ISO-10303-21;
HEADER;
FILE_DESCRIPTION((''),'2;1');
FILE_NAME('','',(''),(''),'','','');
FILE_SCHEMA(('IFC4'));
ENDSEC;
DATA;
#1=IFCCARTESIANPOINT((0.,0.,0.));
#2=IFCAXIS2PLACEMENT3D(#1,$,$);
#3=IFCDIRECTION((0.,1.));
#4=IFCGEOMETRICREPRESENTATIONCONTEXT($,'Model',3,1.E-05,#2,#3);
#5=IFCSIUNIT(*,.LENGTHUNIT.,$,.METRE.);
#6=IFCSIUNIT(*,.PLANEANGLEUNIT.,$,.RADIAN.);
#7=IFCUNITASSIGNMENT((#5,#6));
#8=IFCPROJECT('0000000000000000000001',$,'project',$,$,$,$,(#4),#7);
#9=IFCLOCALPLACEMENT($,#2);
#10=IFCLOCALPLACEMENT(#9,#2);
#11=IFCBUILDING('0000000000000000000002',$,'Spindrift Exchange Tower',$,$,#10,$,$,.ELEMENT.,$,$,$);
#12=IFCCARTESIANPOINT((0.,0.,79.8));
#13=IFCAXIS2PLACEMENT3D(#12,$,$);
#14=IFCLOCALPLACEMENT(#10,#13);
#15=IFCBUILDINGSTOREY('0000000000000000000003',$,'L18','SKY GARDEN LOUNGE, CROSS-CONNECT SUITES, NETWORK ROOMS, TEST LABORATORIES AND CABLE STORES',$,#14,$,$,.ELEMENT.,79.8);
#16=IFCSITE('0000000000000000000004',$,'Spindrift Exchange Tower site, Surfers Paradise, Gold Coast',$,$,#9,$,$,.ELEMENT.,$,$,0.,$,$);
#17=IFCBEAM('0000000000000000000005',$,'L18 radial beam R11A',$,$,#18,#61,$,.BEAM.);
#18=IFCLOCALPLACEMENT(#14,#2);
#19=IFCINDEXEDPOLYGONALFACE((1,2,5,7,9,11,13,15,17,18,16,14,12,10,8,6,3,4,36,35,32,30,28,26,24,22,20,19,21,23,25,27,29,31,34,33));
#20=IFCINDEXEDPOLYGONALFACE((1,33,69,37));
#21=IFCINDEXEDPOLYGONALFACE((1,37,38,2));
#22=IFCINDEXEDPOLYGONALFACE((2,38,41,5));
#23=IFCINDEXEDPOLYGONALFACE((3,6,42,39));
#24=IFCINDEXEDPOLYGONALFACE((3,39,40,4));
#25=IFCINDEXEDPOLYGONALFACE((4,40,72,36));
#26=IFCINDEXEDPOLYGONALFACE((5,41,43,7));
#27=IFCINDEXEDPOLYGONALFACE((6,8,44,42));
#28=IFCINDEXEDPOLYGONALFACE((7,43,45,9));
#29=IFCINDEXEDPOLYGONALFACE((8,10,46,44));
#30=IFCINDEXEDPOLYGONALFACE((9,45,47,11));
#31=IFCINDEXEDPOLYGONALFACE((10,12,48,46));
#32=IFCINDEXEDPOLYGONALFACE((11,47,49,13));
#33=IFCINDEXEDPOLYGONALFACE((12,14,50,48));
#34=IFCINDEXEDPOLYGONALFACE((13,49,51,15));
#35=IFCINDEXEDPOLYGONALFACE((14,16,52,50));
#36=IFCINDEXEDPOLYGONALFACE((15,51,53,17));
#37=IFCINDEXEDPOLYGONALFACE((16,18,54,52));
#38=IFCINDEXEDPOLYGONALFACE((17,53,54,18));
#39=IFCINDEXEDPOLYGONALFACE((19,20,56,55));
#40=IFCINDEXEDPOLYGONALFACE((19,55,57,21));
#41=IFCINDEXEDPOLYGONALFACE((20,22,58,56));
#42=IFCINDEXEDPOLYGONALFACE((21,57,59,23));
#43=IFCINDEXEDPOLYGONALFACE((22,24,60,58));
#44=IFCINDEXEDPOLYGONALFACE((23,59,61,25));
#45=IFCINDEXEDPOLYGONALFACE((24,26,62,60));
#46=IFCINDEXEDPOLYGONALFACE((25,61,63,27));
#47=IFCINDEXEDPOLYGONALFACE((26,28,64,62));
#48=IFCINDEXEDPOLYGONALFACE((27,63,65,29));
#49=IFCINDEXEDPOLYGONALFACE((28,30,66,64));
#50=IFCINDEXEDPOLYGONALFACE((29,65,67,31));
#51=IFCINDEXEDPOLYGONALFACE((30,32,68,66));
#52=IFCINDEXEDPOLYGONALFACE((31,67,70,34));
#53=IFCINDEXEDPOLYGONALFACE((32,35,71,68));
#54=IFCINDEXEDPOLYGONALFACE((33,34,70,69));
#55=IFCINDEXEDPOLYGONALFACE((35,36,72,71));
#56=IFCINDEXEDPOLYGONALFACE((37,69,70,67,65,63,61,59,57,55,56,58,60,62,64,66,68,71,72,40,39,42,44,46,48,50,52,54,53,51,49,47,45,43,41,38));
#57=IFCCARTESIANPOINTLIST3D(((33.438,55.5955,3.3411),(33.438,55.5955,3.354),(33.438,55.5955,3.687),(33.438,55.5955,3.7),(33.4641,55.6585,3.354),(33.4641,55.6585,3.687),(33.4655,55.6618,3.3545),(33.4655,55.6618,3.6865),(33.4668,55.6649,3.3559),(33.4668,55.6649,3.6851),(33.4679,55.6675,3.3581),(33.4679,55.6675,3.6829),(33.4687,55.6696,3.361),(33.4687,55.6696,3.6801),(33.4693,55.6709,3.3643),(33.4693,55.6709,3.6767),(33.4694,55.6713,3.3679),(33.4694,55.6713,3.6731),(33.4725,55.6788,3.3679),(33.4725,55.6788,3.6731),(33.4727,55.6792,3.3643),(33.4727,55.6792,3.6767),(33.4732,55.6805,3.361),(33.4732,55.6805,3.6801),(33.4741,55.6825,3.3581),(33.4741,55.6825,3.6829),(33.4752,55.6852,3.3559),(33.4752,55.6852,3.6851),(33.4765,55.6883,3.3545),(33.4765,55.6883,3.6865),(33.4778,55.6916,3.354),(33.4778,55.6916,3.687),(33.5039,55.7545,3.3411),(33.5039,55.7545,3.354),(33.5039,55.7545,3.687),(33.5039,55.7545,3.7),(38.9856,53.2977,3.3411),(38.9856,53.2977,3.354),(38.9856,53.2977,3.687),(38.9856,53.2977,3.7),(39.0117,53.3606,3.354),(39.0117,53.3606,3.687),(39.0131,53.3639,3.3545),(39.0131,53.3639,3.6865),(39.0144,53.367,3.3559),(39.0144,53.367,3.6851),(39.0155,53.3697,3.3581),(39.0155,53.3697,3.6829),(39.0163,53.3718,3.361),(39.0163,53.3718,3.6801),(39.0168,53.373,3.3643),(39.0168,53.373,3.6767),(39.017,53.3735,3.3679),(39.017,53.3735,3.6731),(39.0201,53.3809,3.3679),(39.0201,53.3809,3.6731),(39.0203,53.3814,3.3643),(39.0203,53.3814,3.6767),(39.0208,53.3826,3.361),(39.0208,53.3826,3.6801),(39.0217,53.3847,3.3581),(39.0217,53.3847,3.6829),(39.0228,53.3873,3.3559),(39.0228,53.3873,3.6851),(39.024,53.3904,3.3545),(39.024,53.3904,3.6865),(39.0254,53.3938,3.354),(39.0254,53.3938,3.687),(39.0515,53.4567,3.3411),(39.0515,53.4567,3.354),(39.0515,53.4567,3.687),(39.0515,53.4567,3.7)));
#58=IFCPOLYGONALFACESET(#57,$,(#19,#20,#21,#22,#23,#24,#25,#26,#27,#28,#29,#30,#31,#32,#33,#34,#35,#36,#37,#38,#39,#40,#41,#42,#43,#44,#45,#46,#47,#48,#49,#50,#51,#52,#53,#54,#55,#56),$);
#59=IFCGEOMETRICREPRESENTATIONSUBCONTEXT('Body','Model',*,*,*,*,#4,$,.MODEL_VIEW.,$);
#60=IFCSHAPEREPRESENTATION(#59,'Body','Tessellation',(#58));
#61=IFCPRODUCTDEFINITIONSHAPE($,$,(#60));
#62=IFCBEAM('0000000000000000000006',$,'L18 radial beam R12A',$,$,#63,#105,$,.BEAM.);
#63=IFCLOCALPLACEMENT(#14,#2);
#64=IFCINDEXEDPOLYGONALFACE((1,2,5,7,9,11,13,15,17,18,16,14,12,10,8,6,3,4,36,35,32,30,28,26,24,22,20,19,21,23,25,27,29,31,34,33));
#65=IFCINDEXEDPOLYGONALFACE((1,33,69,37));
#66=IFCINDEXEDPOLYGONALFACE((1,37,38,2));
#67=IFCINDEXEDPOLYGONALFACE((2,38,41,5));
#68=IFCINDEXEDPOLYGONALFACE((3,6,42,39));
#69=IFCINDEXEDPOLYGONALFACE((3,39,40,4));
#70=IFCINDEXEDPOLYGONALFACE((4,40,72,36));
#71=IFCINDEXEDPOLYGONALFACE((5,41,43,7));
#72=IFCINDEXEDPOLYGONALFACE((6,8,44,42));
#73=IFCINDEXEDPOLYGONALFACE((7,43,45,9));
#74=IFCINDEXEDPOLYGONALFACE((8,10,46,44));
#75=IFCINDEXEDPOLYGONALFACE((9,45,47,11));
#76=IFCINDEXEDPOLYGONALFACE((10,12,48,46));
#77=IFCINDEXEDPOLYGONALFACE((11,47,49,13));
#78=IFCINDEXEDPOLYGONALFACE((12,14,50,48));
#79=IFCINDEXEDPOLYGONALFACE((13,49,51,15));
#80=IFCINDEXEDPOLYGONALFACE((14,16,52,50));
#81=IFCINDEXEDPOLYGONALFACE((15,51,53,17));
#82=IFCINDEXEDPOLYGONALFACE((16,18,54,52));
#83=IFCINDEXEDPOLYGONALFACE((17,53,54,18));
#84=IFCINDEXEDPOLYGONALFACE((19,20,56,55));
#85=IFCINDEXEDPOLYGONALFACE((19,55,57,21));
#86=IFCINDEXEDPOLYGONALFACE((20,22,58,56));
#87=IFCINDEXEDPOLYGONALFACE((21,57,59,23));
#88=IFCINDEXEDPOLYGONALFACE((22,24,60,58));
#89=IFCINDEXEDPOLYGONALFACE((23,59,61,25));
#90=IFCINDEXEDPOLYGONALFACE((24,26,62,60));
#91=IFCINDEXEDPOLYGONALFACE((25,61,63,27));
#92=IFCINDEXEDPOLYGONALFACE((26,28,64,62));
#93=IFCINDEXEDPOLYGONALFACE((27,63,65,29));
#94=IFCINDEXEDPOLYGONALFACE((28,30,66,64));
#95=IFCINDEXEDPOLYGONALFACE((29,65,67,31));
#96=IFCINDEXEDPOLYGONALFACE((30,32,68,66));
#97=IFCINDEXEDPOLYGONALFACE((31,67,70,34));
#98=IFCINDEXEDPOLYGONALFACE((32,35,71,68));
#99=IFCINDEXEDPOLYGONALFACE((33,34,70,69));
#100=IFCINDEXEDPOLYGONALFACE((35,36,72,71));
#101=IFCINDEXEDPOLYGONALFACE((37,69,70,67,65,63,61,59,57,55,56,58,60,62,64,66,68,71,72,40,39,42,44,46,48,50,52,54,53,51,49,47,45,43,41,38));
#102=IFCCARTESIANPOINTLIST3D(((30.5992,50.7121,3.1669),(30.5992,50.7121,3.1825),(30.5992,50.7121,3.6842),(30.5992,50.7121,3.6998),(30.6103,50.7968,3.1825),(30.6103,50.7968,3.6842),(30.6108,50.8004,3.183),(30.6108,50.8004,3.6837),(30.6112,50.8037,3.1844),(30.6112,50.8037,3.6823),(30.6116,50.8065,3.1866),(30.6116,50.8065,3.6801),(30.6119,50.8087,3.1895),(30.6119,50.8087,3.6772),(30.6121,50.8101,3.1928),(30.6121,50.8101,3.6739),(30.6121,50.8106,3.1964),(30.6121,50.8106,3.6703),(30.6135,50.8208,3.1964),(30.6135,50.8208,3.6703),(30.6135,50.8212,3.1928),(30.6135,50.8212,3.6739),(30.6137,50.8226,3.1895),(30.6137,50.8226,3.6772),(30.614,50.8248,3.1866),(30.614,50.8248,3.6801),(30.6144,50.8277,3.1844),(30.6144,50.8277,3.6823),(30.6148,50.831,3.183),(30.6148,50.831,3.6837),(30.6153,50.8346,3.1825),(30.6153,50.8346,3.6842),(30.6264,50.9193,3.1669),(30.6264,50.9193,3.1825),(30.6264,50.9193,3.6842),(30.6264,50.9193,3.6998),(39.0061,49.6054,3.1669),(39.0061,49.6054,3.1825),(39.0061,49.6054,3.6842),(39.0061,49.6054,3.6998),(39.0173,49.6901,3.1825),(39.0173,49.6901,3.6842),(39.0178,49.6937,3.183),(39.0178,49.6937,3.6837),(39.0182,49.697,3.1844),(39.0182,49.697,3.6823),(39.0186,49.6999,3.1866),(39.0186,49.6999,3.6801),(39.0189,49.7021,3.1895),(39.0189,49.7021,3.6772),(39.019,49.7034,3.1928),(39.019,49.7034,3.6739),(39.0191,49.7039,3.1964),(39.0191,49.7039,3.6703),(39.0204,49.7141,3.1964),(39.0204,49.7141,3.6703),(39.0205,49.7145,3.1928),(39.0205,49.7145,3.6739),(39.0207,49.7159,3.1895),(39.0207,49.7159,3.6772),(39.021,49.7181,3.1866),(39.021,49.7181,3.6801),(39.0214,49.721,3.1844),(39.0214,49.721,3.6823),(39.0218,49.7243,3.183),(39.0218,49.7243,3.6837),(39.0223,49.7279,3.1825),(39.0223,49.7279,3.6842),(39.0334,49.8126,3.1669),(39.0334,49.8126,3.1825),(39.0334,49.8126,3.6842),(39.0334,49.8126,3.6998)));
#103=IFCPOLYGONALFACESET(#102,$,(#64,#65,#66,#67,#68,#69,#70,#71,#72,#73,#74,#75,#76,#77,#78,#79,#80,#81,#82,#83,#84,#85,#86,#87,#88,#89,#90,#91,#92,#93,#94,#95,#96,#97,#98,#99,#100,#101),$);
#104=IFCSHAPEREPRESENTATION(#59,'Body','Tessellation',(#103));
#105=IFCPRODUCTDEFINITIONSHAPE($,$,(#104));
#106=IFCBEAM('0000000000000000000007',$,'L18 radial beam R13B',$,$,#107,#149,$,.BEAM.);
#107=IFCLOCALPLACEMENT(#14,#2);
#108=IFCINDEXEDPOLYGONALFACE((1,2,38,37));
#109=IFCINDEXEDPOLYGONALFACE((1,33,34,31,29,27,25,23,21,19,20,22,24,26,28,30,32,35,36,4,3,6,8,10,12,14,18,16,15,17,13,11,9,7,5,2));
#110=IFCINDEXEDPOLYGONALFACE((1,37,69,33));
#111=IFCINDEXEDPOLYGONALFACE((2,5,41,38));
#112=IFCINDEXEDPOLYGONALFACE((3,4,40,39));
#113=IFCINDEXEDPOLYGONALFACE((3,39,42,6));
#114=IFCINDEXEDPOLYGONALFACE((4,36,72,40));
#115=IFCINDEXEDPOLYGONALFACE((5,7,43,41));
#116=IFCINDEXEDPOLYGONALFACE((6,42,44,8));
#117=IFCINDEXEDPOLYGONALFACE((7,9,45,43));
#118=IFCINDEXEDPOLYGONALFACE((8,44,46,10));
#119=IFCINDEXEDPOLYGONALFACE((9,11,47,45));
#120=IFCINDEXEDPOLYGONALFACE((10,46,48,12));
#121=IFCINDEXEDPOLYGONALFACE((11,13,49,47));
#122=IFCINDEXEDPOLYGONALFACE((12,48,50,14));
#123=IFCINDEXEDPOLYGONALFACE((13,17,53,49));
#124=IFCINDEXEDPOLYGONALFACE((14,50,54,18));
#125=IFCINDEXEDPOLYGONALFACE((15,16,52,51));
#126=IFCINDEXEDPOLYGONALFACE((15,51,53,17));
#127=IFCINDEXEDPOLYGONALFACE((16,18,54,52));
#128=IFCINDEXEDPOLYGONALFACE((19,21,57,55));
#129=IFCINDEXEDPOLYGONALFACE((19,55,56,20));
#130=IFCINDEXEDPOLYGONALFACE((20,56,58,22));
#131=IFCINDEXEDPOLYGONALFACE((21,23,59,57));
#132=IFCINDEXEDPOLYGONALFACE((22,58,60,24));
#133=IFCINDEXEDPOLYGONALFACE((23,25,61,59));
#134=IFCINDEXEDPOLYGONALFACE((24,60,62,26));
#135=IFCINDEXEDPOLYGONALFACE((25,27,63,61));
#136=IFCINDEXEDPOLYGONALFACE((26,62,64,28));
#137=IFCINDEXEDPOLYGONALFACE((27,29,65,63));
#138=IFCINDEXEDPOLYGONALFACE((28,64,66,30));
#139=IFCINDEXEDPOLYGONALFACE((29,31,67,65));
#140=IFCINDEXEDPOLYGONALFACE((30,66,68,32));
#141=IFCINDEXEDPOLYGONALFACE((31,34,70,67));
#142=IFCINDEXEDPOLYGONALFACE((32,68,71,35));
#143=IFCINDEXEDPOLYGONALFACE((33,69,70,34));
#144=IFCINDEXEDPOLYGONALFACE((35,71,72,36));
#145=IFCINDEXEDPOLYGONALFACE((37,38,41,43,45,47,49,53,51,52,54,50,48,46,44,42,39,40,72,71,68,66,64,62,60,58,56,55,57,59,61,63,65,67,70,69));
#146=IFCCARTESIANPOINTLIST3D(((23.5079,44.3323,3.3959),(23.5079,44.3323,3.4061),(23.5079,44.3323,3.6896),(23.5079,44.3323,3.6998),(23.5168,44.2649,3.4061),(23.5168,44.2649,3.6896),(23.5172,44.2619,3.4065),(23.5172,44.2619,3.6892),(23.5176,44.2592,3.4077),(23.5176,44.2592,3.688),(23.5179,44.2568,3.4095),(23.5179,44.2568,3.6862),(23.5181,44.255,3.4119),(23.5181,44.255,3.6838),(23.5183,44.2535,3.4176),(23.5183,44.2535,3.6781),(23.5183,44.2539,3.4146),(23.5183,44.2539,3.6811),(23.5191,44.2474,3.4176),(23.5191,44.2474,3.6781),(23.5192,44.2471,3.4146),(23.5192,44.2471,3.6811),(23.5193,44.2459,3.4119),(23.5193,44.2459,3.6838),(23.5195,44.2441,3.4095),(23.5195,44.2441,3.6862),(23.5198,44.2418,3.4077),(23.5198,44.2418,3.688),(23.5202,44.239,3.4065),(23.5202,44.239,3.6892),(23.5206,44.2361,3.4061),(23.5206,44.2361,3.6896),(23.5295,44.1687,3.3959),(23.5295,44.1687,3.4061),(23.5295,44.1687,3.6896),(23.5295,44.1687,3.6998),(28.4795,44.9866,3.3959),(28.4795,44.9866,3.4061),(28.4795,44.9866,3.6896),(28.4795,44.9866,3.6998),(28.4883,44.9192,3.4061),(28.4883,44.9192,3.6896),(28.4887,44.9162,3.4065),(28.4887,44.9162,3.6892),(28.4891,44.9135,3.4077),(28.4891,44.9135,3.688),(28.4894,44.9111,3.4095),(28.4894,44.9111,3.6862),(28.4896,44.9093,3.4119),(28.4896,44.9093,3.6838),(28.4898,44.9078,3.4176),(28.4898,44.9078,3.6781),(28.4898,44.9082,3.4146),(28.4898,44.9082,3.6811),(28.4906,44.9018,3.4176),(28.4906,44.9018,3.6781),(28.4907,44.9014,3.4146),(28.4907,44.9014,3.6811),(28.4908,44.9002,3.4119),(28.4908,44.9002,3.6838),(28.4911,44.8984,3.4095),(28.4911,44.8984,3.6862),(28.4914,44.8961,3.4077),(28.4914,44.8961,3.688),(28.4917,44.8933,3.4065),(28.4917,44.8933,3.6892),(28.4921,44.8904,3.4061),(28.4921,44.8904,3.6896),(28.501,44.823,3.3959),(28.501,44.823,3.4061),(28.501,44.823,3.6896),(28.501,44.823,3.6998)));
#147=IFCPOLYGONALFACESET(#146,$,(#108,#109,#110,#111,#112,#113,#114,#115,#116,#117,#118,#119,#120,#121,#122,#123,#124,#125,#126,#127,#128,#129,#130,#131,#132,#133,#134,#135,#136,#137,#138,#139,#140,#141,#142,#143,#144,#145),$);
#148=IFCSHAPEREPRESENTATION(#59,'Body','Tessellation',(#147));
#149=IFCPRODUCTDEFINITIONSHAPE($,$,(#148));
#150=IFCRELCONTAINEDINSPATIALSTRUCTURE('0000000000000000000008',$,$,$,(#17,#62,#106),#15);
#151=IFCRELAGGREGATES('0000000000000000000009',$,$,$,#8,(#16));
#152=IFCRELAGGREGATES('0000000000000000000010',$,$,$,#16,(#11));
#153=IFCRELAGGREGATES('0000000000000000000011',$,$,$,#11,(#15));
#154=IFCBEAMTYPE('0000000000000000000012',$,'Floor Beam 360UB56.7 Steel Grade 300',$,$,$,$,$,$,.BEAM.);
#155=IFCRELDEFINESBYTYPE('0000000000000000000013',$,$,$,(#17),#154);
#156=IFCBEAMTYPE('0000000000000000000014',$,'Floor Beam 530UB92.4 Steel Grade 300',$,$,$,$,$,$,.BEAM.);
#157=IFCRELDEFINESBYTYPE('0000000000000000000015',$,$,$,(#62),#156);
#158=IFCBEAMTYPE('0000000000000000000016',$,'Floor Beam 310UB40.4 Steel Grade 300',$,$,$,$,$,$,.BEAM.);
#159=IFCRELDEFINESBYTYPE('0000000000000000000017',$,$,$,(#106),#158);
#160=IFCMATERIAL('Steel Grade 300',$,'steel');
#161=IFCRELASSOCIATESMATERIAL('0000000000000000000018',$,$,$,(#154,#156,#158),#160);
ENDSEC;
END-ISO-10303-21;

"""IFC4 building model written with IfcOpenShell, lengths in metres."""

from ifc_helpers import new_model, si_unit, direction, frame, origin, origin_2d, place, context, subcontext, project, spatial, i_section, extrude, source, transform, mapped, material, material_profile, profile_set, type_object, element, save


model = new_model("IFC4")

# Units and contexts
model_context = context("Model", 3, precision=1e-05, world=origin(), true_north=direction((0.0, 1.0)))
body_context = subcontext(model_context, "Body", "Model", "MODEL_VIEW")
ifc_project = project(units=[si_unit("LENGTHUNIT", "METRE"), si_unit("PLANEANGLEUNIT", "RADIAN")], contexts=[model_context])

# Site, building, storey
site_placement = place(None, origin())
site = spatial("IfcSite", under=ifc_project, at=site_placement, Name="Spindrift Exchange Tower site, Surfers Paradise, Gold Coast", CompositionType="ELEMENT", RefElevation=0.0)
building_placement = place(site_placement, origin())
building = spatial("IfcBuilding", under=site, at=building_placement, Name="Spindrift Exchange Tower", CompositionType="ELEMENT")
storey_placement = place(building_placement, frame((0.0, 0.0, 79.8)))
storey = spatial("IfcBuildingStorey", under=building, at=storey_placement, Name="L18", Description="SKY GARDEN LOUNGE, CROSS-CONNECT SUITES, NETWORK ROOMS, TEST LABORATORIES AND CABLE STORES", CompositionType="ELEMENT", Elevation=79.8)

# Beams
ifc_material_1 = material(Name="Steel Grade 300", Category="steel")
ifc_material_profile_1 = material_profile(ifc_material_1, i_section(OverallWidth=0.1721, OverallDepth=0.3589, WebThickness=0.0081, FlangeThickness=0.0129, FilletRadius=0.0139, at=origin_2d()), Name="360UB56.7")
ifc_profile_set_1 = profile_set([ifc_material_profile_1], Name="Steel Grade 300")
beam_type_1 = type_object("IfcBeamType", Name="Floor Beam 360UB56.7 Steel Grade 300", PredefinedType="BEAM", material=ifc_profile_set_1)
shared_shape_1 = source(origin(), body_context, "Body", "SweptSolid", [
    extrude(i_section(OverallWidth=0.1721, OverallDepth=0.3589, WebThickness=0.0081, FlangeThickness=0.0129, FilletRadius=0.0139, at=origin_2d()), origin(), (0.0, 0.0, 1.0), 6.0046),
])
beam_1_placement = place(storey_placement, frame((39.0186, 53.3772, 3.5205), z_axis=(-0.923882, 0.382677, 0.0), x_axis=(-0.382677, -0.923882, 0.0)))
element("IfcBeam", 1, at=beam_1_placement, inside=storey, type_object=beam_type_1, Name="L18 radial beam R11A", PredefinedType="BEAM", context=body_context, shape_type="MappedRepresentation", body=[
    mapped(shared_shape_1, transform((0.0, 0.0, 0.0), scale=1.0)),
])
ifc_material_profile_2 = material_profile(ifc_material_1, i_section(OverallWidth=0.209, OverallDepth=0.533, WebThickness=0.0103, FlangeThickness=0.0156, FilletRadius=0.0139, at=origin_2d()), Name="530UB92.4")
ifc_profile_set_2 = profile_set([ifc_material_profile_2], Name="Steel Grade 300")
beam_type_2 = type_object("IfcBeamType", Name="Floor Beam 530UB92.4 Steel Grade 300", PredefinedType="BEAM", material=ifc_profile_set_2)
shared_shape_2 = source(origin(), body_context, "Body", "SweptSolid", [
    extrude(i_section(OverallWidth=0.209, OverallDepth=0.533, WebThickness=0.0103, FlangeThickness=0.0156, FilletRadius=0.0139, at=origin_2d()), origin(), (0.0, 0.0, 1.0), 8.4795),
])
beam_2_placement = place(storey_placement, frame((39.0198, 49.709, 3.4333), z_axis=(-0.991447, 0.130513, 0.0), x_axis=(-0.130513, -0.991447, 0.0)))
element("IfcBeam", 2, at=beam_2_placement, inside=storey, type_object=beam_type_2, Name="L18 radial beam R12A", PredefinedType="BEAM", context=body_context, shape_type="MappedRepresentation", body=[
    mapped(shared_shape_2, transform((0.0, 0.0, 0.0), scale=1.0)),
])
ifc_material_profile_3 = material_profile(ifc_material_1, i_section(OverallWidth=0.165, OverallDepth=0.304, WebThickness=0.0061, FlangeThickness=0.0103, FilletRadius=0.0115, at=origin_2d()), Name="310UB40.4")
ifc_profile_set_3 = profile_set([ifc_material_profile_3], Name="Steel Grade 300")
beam_type_3 = type_object("IfcBeamType", Name="Floor Beam 310UB40.4 Steel Grade 300", PredefinedType="BEAM", material=ifc_profile_set_3)
shared_shape_3 = source(origin(), body_context, "Body", "SweptSolid", [
    extrude(i_section(OverallWidth=0.165, OverallDepth=0.304, WebThickness=0.0061, FlangeThickness=0.0103, FilletRadius=0.0115, at=origin_2d()), origin(), (0.0, 0.0, 1.0), 5.0144),
])
beam_3_placement = place(storey_placement, frame((28.4902, 44.9048, 3.5479), z_axis=(-0.99145, -0.130486, 0.0), x_axis=(0.130486, -0.99145, 0.0)))
element("IfcBeam", 3, at=beam_3_placement, inside=storey, type_object=beam_type_3, Name="L18 radial beam R13B", PredefinedType="BEAM", context=body_context, shape_type="MappedRepresentation", body=[
    mapped(shared_shape_3, transform((0.0, 0.0, 0.0), scale=1.0)),
])

save(model, "model.ifc")
